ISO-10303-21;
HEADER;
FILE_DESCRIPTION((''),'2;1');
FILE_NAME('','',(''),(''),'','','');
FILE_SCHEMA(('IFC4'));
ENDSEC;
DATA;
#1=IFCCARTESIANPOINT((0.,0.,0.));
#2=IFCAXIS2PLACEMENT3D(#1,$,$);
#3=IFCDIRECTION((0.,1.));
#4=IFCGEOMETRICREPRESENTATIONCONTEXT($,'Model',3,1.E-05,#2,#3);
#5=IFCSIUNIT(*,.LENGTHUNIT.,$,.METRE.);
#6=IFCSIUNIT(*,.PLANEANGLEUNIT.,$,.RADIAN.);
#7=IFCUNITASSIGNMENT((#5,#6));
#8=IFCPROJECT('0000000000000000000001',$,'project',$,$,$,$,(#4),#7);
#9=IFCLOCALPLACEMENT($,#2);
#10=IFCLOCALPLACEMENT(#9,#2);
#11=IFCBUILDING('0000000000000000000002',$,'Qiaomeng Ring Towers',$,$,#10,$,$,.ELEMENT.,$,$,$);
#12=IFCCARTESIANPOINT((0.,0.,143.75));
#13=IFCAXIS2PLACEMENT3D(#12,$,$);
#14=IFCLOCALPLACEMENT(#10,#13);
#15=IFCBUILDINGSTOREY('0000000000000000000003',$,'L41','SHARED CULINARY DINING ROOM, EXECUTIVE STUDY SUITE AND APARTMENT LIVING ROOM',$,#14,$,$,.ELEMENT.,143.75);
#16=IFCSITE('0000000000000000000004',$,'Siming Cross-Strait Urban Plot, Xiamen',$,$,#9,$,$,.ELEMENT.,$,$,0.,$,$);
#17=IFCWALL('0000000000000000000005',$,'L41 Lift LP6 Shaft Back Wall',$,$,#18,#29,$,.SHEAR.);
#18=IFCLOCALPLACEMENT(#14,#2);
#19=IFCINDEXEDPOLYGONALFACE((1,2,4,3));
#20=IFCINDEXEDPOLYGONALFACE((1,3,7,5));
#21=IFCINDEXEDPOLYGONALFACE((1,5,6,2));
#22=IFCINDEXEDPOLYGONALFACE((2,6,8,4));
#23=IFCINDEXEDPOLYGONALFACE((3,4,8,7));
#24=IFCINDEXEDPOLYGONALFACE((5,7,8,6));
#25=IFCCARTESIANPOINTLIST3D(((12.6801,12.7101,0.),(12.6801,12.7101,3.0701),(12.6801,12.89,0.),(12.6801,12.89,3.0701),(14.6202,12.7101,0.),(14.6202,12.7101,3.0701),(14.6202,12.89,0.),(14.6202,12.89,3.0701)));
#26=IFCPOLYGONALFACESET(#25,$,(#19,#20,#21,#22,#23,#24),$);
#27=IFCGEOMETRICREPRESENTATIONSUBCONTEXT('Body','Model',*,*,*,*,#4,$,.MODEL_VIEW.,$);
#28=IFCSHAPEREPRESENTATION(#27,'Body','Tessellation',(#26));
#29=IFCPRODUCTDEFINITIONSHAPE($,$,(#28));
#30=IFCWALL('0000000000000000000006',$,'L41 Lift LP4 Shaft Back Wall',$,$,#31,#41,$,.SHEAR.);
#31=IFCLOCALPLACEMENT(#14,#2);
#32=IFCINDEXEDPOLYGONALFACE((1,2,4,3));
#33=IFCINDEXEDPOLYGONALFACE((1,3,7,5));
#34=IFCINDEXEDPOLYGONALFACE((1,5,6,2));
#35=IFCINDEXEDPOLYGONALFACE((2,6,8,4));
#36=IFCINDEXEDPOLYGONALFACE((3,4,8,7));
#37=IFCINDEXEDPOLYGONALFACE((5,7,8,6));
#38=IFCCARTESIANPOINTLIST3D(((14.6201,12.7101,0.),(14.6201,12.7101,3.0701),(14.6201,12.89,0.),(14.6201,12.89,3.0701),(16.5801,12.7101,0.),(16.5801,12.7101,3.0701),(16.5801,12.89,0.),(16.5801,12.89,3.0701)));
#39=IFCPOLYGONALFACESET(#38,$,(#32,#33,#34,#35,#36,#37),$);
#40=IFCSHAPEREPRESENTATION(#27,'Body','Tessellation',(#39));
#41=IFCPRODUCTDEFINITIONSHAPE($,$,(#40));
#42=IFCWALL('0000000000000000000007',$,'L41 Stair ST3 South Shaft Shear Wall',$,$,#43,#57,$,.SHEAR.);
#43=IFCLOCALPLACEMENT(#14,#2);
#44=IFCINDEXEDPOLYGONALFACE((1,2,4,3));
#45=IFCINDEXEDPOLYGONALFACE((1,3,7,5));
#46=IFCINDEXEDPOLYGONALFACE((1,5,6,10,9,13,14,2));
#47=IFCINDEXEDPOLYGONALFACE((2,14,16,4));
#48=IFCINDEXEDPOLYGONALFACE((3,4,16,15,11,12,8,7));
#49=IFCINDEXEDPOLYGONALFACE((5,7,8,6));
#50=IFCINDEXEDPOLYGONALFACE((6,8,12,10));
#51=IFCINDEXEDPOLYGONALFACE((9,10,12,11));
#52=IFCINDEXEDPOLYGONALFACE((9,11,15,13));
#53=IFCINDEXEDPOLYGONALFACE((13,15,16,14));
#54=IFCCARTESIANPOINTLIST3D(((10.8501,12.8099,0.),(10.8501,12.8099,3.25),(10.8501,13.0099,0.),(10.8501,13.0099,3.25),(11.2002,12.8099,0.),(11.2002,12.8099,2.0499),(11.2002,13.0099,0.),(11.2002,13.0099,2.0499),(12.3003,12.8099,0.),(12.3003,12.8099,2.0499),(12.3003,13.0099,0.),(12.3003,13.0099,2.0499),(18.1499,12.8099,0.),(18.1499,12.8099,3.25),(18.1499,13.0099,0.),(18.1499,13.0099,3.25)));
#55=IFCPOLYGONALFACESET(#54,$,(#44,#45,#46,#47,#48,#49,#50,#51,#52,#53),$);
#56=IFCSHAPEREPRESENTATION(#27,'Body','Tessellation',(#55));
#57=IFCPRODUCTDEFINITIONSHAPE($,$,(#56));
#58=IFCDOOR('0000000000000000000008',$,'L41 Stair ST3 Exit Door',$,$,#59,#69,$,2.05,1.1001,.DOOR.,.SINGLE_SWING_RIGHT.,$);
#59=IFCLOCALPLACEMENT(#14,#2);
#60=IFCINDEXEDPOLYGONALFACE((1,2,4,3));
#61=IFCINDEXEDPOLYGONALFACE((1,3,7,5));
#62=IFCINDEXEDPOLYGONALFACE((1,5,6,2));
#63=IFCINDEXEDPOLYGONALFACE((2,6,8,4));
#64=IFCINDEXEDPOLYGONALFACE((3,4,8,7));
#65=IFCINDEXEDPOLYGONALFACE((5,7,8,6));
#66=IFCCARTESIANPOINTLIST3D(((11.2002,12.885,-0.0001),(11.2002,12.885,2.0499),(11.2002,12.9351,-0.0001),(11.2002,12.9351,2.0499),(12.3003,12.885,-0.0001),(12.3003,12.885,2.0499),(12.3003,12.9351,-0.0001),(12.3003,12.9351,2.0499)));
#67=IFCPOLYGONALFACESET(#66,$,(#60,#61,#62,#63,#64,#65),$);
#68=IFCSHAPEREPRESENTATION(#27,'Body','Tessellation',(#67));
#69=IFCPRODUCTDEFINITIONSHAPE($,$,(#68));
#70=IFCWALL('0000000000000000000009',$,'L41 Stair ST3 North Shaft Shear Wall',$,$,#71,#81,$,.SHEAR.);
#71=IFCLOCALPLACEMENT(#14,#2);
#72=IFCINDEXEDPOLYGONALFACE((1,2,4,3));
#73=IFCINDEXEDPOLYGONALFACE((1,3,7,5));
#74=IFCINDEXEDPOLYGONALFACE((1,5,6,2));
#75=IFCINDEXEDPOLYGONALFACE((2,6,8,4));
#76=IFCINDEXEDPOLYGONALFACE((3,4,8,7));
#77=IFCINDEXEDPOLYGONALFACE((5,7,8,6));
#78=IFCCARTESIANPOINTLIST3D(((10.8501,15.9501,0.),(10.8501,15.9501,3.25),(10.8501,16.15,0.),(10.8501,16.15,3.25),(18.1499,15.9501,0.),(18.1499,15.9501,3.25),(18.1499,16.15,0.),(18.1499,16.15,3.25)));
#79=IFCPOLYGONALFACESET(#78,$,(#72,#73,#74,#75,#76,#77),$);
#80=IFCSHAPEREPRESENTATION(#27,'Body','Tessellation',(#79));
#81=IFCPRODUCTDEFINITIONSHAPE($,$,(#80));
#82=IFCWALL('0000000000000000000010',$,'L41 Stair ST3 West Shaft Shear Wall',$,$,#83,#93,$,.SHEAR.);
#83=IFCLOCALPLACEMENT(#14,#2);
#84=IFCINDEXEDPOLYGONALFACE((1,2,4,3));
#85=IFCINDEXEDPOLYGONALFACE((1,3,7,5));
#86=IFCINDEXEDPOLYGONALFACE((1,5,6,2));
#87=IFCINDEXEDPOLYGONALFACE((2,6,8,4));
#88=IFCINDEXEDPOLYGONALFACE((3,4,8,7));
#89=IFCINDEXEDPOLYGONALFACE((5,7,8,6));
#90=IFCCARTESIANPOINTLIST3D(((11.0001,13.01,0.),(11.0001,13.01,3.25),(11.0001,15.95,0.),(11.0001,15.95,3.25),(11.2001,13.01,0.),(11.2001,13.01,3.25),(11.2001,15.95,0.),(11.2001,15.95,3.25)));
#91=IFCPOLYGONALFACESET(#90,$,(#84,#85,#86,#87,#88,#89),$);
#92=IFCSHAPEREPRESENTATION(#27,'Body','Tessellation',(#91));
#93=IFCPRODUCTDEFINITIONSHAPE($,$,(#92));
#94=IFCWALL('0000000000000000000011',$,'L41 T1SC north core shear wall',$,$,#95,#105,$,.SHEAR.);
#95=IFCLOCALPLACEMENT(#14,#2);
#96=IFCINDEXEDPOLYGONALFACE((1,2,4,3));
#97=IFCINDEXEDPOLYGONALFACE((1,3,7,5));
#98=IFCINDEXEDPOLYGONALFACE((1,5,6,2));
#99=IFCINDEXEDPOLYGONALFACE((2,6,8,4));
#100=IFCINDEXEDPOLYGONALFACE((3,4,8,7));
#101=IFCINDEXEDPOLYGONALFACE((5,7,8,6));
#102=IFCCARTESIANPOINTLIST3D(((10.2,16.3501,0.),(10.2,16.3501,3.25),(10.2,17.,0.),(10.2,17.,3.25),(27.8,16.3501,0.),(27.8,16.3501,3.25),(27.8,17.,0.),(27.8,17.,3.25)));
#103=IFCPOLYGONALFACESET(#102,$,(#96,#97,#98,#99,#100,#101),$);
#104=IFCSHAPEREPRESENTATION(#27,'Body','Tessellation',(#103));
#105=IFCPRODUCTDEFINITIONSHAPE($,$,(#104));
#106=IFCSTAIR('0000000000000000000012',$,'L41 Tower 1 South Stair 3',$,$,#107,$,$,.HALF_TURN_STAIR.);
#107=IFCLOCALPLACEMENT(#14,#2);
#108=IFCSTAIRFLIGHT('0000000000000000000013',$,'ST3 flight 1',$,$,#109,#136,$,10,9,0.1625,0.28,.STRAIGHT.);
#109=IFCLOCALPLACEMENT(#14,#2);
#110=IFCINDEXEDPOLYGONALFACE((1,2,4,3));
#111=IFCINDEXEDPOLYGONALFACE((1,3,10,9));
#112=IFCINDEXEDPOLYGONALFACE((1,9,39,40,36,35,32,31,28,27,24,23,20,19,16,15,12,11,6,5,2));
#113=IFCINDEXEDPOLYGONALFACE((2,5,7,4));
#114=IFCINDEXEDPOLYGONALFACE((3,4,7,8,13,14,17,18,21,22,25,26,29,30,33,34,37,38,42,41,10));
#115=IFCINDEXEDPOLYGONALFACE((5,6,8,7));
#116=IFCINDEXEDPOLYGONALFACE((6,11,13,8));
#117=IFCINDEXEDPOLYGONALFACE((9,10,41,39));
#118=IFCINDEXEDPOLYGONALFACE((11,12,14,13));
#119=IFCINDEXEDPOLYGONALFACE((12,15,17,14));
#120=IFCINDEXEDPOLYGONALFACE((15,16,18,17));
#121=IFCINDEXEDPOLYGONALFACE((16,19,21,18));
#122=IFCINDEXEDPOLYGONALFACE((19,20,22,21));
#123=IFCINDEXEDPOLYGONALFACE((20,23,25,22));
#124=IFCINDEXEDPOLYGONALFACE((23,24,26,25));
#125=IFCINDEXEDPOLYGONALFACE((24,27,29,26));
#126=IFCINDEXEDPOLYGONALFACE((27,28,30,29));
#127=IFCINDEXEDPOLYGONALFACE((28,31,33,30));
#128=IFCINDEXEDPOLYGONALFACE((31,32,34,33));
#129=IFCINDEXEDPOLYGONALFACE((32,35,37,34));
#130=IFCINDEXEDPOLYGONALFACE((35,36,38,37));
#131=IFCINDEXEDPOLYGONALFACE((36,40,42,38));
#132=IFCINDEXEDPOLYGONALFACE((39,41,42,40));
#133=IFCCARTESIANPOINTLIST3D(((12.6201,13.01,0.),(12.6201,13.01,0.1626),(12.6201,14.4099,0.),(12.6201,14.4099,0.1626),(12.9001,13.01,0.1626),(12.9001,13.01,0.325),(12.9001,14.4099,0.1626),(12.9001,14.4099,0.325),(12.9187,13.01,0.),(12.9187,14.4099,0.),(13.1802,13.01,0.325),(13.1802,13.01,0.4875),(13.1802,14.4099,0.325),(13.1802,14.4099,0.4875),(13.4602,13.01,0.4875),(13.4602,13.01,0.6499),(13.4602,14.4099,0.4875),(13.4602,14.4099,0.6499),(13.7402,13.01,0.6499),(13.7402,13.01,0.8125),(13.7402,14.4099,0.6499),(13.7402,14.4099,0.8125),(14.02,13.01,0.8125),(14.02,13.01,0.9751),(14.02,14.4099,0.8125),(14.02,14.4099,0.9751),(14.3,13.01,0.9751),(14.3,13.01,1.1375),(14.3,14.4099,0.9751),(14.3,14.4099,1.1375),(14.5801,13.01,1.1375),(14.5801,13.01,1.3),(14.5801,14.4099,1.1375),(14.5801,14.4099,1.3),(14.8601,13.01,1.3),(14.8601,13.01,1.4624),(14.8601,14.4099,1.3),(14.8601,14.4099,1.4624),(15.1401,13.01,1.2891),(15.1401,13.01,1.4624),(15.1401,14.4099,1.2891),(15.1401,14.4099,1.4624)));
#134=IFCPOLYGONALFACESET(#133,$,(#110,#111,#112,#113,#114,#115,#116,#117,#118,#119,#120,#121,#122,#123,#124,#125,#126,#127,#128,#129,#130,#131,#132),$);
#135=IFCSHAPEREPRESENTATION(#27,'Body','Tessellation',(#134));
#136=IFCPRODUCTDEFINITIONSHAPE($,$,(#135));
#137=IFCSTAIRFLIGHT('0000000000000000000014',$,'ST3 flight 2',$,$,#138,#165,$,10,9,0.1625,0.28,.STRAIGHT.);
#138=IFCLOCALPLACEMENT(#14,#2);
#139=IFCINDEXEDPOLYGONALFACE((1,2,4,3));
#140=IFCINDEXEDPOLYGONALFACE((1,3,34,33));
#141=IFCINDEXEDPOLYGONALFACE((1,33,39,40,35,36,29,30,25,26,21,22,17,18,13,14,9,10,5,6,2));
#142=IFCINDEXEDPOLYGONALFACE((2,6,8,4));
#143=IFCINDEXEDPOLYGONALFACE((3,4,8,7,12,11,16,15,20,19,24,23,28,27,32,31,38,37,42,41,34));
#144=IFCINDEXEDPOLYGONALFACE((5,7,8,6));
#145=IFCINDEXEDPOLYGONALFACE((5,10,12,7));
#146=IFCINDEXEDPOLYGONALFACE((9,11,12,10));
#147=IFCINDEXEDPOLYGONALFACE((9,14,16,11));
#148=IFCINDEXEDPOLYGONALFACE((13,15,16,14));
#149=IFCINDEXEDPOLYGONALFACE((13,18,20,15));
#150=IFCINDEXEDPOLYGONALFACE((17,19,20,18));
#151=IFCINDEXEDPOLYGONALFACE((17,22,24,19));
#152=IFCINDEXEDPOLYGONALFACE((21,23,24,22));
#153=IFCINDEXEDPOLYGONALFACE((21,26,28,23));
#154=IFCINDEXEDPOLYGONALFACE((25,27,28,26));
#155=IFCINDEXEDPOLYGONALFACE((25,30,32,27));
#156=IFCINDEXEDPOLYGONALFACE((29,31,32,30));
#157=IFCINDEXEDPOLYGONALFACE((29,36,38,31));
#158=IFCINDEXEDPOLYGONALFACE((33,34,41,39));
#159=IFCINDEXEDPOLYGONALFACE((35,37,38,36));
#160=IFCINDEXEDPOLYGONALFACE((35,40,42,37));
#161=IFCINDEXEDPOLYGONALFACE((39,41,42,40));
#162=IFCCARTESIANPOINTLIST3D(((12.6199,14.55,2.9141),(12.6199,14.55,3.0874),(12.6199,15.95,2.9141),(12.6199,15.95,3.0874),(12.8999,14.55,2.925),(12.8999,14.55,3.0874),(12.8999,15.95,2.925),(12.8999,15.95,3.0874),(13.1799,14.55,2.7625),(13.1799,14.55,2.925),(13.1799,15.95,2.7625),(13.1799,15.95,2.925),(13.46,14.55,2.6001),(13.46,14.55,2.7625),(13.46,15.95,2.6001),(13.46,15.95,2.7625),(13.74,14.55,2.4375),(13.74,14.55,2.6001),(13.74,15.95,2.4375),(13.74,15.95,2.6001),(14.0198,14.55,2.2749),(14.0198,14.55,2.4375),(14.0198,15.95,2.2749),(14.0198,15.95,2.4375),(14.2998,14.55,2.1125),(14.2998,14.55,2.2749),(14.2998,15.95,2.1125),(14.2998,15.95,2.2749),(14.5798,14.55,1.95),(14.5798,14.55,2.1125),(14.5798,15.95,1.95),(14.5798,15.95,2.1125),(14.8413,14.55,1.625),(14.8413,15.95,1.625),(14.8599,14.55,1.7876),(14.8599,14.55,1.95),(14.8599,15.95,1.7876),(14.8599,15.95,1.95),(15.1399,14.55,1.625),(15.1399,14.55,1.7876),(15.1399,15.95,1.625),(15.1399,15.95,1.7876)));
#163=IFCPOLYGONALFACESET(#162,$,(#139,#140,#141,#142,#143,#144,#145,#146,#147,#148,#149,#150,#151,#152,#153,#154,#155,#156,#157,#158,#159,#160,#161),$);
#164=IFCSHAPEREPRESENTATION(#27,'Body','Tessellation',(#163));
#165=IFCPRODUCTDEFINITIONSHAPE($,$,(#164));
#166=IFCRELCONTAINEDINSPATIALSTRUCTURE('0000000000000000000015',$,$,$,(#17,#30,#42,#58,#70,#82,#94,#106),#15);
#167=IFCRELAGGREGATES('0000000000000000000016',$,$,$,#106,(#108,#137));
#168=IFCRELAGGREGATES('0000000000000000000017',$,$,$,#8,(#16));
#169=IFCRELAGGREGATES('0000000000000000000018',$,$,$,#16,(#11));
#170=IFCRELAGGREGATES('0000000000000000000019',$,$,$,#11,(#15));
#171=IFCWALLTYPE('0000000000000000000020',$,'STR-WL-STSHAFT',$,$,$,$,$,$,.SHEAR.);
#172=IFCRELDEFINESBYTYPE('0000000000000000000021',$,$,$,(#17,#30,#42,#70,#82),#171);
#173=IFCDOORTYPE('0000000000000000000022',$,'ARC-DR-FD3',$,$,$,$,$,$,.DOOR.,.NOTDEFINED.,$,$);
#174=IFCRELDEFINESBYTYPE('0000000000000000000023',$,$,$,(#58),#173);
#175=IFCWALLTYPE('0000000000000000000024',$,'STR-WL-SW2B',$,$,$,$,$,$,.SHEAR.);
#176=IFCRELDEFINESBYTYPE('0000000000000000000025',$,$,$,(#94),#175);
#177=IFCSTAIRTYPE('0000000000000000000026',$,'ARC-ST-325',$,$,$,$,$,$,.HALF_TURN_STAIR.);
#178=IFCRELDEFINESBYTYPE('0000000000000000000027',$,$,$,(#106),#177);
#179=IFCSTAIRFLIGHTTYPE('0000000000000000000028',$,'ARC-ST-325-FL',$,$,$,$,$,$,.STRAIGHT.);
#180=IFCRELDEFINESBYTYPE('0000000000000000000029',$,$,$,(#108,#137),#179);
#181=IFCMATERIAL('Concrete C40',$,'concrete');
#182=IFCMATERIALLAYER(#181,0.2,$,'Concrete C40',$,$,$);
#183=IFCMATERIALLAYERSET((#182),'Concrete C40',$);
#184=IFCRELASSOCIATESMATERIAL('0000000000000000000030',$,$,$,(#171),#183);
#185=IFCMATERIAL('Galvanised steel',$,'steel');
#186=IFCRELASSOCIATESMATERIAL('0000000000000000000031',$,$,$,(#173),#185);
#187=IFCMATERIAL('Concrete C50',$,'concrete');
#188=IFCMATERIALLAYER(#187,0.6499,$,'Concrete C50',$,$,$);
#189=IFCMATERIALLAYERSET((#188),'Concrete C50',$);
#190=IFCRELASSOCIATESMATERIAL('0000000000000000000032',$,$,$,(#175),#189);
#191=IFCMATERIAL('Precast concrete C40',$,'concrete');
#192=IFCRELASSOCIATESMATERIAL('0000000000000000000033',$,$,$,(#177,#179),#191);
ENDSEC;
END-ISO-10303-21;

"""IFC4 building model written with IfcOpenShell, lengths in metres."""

from ifc_helpers import new_model, si_unit, direction, frame, frame_2d, origin, place, context, subcontext, project, spatial, polyline, rectangle, outline, extrude, source, transform, mapped, material, layer, layer_set, type_object, element, fill, aggregate, save


model = new_model("IFC4")

# Units and contexts
model_context = context("Model", 3, precision=1e-05, world=origin(), true_north=direction((0.0, 1.0)))
body_context = subcontext(model_context, "Body", "Model", "MODEL_VIEW")
ifc_project = project(units=[si_unit("LENGTHUNIT", "METRE"), si_unit("PLANEANGLEUNIT", "RADIAN")], contexts=[model_context])

# Site, building, storey
site_placement = place(None, origin())
site = spatial("IfcSite", under=ifc_project, at=site_placement, Name="Siming Cross-Strait Urban Plot, Xiamen", CompositionType="ELEMENT", RefElevation=0.0)
building_placement = place(site_placement, origin())
building = spatial("IfcBuilding", under=site, at=building_placement, Name="Qiaomeng Ring Towers", CompositionType="ELEMENT")
storey_placement = place(building_placement, frame((0.0, 0.0, 143.75)))
storey = spatial("IfcBuildingStorey", under=building, at=storey_placement, Name="L41", Description="SHARED CULINARY DINING ROOM, EXECUTIVE STUDY SUITE AND APARTMENT LIVING ROOM", CompositionType="ELEMENT", Elevation=143.75)

# Shared definitions
ifc_material_1 = material(Name="Concrete C50", Category="concrete")

# Walls
ifc_material_2 = material(Name="Concrete C40", Category="concrete")
ifc_layer_1 = layer(ifc_material_2, 0.2, Name="Concrete C40")
ifc_layer_set_1 = layer_set([ifc_layer_1], Name="Concrete C40")
wall_type_1 = type_object("IfcWallType", Name="STR-WL-STSHAFT", PredefinedType="SHEAR", material=ifc_layer_set_1)
wall_1_placement = place(storey_placement, frame((12.6799, 12.8, 0.0), z_axis=(0.0, 0.0, 1.0), x_axis=(1.0, 0.0, 0.0)))
element("IfcWall", 1, at=wall_1_placement, inside=storey, type_object=wall_type_1, Name="L41 Lift LP6 Shaft Back Wall", PredefinedType="SHEAR", context=body_context, shape_type="SweptSolid", body=[
    extrude(rectangle(XDim=1.9402, YDim=0.1799, at=frame_2d((0.9702, 0.0))), origin(), (0.0, 0.0, 1.0), 3.0701),
])
wall_2_placement = place(storey_placement, frame((14.6201, 12.8, 0.0), z_axis=(0.0, 0.0, 1.0), x_axis=(1.0, 0.0, 0.0)))
element("IfcWall", 2, at=wall_2_placement, inside=storey, type_object=wall_type_1, Name="L41 Lift LP4 Shaft Back Wall", PredefinedType="SHEAR", context=body_context, shape_type="SweptSolid", body=[
    extrude(rectangle(XDim=1.96, YDim=0.1799, at=frame_2d((0.98, 0.0))), origin(), (0.0, 0.0, 1.0), 3.0701),
])

# Wall, opening, door
wall_3_placement = place(storey_placement, frame((10.8501, 12.9099, 0.0), z_axis=(0.0, 0.0, 1.0), x_axis=(1.0, 0.0, 0.0)))
wall_3 = element("IfcWall", 3, at=wall_3_placement, inside=storey, type_object=wall_type_1, Name="L41 Stair ST3 South Shaft Shear Wall", PredefinedType="SHEAR", context=body_context, shape_type="SweptSolid", body=[
    extrude(rectangle(XDim=7.2998, YDim=0.2, at=frame_2d((3.6499, 0.0))), origin(), (0.0, 0.0, 1.0), 3.25),
])
opening_1_placement = place(wall_3_placement, frame((0.3501, 0.0, 0.0)))
opening_1 = element("IfcOpeningElement", 4, at=opening_1_placement, cuts=wall_3, PredefinedType="OPENING", context=body_context, shape_type="SweptSolid", body=[
    extrude(rectangle(XDim=1.1001, YDim=2.05, at=frame_2d((0.55, 1.0249))), frame((0.0, 0.1099, 0.0), z_axis=(0.0, -1.0, 0.0), x_axis=(1.0, 0.0, 0.0)), (0.0, 0.0, 1.0), 0.22),
])
ifc_material_3 = material(Name="Galvanised steel", Category="steel")
door_type_1 = type_object("IfcDoorType", Name="ARC-DR-FD3", OperationType="NOTDEFINED", PredefinedType="DOOR", material=ifc_material_3)
shared_shape_1 = source(origin(), body_context, "Body", "SweptSolid", [
    extrude(rectangle(XDim=1.1001, YDim=2.05, at=frame_2d((0.55, 1.0249))), frame((0.0, 0.0249, 0.0), z_axis=(0.0, -1.0, 0.0), x_axis=(1.0, 0.0, 0.0)), (0.0, 0.0, 1.0), 0.05),
])
door_1_placement = place(opening_1_placement, frame((1.1001, 0.0, 0.0), z_axis=(0.0, 0.0, 1.0), x_axis=(-1.0, 0.0, 0.0)))
door_1 = element("IfcDoor", 5, at=door_1_placement, inside=storey, type_object=door_type_1, Name="L41 Stair ST3 Exit Door", OperationType="SINGLE_SWING_RIGHT", OverallHeight=2.05, OverallWidth=1.1001, PredefinedType="DOOR", context=body_context, shape_type="MappedRepresentation", body=[
    mapped(shared_shape_1, transform((0.0, 0.0, 0.0), x_axis=(1.0, 0.0, 0.0), y_axis=(0.0, 1.0, 0.0), z_axis=(0.0, 0.0, 1.0), scale=1.0)),
])
fill(opening_1, door_1)

# Walls
wall_4_placement = place(storey_placement, frame((10.8501, 16.05, 0.0), z_axis=(0.0, 0.0, 1.0), x_axis=(1.0, 0.0, 0.0)))
element("IfcWall", 6, at=wall_4_placement, inside=storey, type_object=wall_type_1, Name="L41 Stair ST3 North Shaft Shear Wall", PredefinedType="SHEAR", context=body_context, shape_type="SweptSolid", body=[
    extrude(rectangle(XDim=7.2998, YDim=0.2, at=frame_2d((3.6499, 0.0))), origin(), (0.0, 0.0, 1.0), 3.25),
])
wall_5_placement = place(storey_placement, frame((11.1001, 13.01, 0.0), z_axis=(0.0, 0.0, 1.0), x_axis=(0.0, 1.0, 0.0)))
element("IfcWall", 7, at=wall_5_placement, inside=storey, type_object=wall_type_1, Name="L41 Stair ST3 West Shaft Shear Wall", PredefinedType="SHEAR", context=body_context, shape_type="SweptSolid", body=[
    extrude(rectangle(XDim=2.9399, YDim=0.2, at=frame_2d((1.47, 0.0))), origin(), (0.0, 0.0, 1.0), 3.25),
])
ifc_layer_2 = layer(ifc_material_1, 0.6499, Name="Concrete C50")
ifc_layer_set_2 = layer_set([ifc_layer_2], Name="Concrete C50")
wall_type_2 = type_object("IfcWallType", Name="STR-WL-SW2B", PredefinedType="SHEAR", material=ifc_layer_set_2)
wall_6_placement = place(storey_placement, frame((10.2, 16.675, 0.0), z_axis=(0.0, 0.0, 1.0), x_axis=(1.0, 0.0, 0.0)))
element("IfcWall", 8, at=wall_6_placement, inside=storey, type_object=wall_type_2, Name="L41 T1SC north core shear wall", PredefinedType="SHEAR", context=body_context, shape_type="SweptSolid", body=[
    extrude(rectangle(XDim=17.6001, YDim=0.6499, at=frame_2d((8.8, 0.0))), origin(), (0.0, 0.0, 1.0), 3.25),
])

# Stair, stair flights
ifc_material_4 = material(Name="Precast concrete C40", Category="concrete")
stair_type = type_object("IfcStairType", Name="ARC-ST-325", PredefinedType="HALF_TURN_STAIR", material=ifc_material_4)
stair_placement = place(storey_placement, origin())
stair = element("IfcStair", 9, at=stair_placement, inside=storey, type_object=stair_type, Name="L41 Tower 1 South Stair 3", PredefinedType="HALF_TURN_STAIR")
stair_flight_type = type_object("IfcStairFlightType", Name="ARC-ST-325-FL", PredefinedType="STRAIGHT", material=ifc_material_4)
shared_shape_2 = source(origin(), body_context, "Body", "SweptSolid", [
    extrude(outline(polyline([(0.0, 0.0), (0.0, 0.1626), (0.28, 0.1626), (0.28, 0.325), (0.5601, 0.325), (0.5601, 0.4875), (0.8401, 0.4875), (0.8401, 0.6499), (1.1201, 0.6499), (1.1201, 0.8125), (1.3999, 0.8125), (1.3999, 0.9751), (1.6799, 0.9751), (1.6799, 1.1375), (1.96, 1.1375), (1.96, 1.3), (2.24, 1.3), (2.24, 1.4624), (2.52, 1.4624), (2.52, 1.625), (2.52, 1.2891), (0.2986, 0.0), (0.0, 0.0)])), frame((0.0, 0.7, 0.0), z_axis=(0.0, -1.0, 0.0), x_axis=(1.0, 0.0, 0.0)), (0.0, 0.0, 1.0), 1.3999),
])
stair_flight_1_placement = place(storey_placement, frame((12.6201, 13.71, 0.0), z_axis=(0.0, 0.0, 1.0), x_axis=(1.0, 0.0, 0.0)))
stair_flight_1 = element("IfcStairFlight", 10, at=stair_flight_1_placement, type_object=stair_flight_type, Name="ST3 flight 1", NumberOfRisers=10, NumberOfTreads=9, PredefinedType="STRAIGHT", RiserHeight=0.1625, TreadLength=0.28, context=body_context, shape_type="MappedRepresentation", body=[
    mapped(shared_shape_2, transform((0.0, 0.0, 0.0), x_axis=(1.0, 0.0, 0.0), y_axis=(0.0, 1.0, 0.0), z_axis=(0.0, 0.0, 1.0), scale=1.0)),
])
stair_flight_2_placement = place(storey_placement, frame((15.1399, 15.25, 1.625), z_axis=(0.0, 0.0, 1.0), x_axis=(-1.0, 0.0, 0.0)))
stair_flight_2 = element("IfcStairFlight", 11, at=stair_flight_2_placement, type_object=stair_flight_type, Name="ST3 flight 2", NumberOfRisers=10, NumberOfTreads=9, PredefinedType="STRAIGHT", RiserHeight=0.1625, TreadLength=0.28, context=body_context, shape_type="MappedRepresentation", body=[
    mapped(shared_shape_2, transform((0.0, 0.0, 0.0), x_axis=(1.0, 0.0, 0.0), y_axis=(0.0, 1.0, 0.0), z_axis=(0.0, 0.0, 1.0), scale=1.0)),
])
aggregate(stair, [stair_flight_1, stair_flight_2])

save(model, "model.ifc")
